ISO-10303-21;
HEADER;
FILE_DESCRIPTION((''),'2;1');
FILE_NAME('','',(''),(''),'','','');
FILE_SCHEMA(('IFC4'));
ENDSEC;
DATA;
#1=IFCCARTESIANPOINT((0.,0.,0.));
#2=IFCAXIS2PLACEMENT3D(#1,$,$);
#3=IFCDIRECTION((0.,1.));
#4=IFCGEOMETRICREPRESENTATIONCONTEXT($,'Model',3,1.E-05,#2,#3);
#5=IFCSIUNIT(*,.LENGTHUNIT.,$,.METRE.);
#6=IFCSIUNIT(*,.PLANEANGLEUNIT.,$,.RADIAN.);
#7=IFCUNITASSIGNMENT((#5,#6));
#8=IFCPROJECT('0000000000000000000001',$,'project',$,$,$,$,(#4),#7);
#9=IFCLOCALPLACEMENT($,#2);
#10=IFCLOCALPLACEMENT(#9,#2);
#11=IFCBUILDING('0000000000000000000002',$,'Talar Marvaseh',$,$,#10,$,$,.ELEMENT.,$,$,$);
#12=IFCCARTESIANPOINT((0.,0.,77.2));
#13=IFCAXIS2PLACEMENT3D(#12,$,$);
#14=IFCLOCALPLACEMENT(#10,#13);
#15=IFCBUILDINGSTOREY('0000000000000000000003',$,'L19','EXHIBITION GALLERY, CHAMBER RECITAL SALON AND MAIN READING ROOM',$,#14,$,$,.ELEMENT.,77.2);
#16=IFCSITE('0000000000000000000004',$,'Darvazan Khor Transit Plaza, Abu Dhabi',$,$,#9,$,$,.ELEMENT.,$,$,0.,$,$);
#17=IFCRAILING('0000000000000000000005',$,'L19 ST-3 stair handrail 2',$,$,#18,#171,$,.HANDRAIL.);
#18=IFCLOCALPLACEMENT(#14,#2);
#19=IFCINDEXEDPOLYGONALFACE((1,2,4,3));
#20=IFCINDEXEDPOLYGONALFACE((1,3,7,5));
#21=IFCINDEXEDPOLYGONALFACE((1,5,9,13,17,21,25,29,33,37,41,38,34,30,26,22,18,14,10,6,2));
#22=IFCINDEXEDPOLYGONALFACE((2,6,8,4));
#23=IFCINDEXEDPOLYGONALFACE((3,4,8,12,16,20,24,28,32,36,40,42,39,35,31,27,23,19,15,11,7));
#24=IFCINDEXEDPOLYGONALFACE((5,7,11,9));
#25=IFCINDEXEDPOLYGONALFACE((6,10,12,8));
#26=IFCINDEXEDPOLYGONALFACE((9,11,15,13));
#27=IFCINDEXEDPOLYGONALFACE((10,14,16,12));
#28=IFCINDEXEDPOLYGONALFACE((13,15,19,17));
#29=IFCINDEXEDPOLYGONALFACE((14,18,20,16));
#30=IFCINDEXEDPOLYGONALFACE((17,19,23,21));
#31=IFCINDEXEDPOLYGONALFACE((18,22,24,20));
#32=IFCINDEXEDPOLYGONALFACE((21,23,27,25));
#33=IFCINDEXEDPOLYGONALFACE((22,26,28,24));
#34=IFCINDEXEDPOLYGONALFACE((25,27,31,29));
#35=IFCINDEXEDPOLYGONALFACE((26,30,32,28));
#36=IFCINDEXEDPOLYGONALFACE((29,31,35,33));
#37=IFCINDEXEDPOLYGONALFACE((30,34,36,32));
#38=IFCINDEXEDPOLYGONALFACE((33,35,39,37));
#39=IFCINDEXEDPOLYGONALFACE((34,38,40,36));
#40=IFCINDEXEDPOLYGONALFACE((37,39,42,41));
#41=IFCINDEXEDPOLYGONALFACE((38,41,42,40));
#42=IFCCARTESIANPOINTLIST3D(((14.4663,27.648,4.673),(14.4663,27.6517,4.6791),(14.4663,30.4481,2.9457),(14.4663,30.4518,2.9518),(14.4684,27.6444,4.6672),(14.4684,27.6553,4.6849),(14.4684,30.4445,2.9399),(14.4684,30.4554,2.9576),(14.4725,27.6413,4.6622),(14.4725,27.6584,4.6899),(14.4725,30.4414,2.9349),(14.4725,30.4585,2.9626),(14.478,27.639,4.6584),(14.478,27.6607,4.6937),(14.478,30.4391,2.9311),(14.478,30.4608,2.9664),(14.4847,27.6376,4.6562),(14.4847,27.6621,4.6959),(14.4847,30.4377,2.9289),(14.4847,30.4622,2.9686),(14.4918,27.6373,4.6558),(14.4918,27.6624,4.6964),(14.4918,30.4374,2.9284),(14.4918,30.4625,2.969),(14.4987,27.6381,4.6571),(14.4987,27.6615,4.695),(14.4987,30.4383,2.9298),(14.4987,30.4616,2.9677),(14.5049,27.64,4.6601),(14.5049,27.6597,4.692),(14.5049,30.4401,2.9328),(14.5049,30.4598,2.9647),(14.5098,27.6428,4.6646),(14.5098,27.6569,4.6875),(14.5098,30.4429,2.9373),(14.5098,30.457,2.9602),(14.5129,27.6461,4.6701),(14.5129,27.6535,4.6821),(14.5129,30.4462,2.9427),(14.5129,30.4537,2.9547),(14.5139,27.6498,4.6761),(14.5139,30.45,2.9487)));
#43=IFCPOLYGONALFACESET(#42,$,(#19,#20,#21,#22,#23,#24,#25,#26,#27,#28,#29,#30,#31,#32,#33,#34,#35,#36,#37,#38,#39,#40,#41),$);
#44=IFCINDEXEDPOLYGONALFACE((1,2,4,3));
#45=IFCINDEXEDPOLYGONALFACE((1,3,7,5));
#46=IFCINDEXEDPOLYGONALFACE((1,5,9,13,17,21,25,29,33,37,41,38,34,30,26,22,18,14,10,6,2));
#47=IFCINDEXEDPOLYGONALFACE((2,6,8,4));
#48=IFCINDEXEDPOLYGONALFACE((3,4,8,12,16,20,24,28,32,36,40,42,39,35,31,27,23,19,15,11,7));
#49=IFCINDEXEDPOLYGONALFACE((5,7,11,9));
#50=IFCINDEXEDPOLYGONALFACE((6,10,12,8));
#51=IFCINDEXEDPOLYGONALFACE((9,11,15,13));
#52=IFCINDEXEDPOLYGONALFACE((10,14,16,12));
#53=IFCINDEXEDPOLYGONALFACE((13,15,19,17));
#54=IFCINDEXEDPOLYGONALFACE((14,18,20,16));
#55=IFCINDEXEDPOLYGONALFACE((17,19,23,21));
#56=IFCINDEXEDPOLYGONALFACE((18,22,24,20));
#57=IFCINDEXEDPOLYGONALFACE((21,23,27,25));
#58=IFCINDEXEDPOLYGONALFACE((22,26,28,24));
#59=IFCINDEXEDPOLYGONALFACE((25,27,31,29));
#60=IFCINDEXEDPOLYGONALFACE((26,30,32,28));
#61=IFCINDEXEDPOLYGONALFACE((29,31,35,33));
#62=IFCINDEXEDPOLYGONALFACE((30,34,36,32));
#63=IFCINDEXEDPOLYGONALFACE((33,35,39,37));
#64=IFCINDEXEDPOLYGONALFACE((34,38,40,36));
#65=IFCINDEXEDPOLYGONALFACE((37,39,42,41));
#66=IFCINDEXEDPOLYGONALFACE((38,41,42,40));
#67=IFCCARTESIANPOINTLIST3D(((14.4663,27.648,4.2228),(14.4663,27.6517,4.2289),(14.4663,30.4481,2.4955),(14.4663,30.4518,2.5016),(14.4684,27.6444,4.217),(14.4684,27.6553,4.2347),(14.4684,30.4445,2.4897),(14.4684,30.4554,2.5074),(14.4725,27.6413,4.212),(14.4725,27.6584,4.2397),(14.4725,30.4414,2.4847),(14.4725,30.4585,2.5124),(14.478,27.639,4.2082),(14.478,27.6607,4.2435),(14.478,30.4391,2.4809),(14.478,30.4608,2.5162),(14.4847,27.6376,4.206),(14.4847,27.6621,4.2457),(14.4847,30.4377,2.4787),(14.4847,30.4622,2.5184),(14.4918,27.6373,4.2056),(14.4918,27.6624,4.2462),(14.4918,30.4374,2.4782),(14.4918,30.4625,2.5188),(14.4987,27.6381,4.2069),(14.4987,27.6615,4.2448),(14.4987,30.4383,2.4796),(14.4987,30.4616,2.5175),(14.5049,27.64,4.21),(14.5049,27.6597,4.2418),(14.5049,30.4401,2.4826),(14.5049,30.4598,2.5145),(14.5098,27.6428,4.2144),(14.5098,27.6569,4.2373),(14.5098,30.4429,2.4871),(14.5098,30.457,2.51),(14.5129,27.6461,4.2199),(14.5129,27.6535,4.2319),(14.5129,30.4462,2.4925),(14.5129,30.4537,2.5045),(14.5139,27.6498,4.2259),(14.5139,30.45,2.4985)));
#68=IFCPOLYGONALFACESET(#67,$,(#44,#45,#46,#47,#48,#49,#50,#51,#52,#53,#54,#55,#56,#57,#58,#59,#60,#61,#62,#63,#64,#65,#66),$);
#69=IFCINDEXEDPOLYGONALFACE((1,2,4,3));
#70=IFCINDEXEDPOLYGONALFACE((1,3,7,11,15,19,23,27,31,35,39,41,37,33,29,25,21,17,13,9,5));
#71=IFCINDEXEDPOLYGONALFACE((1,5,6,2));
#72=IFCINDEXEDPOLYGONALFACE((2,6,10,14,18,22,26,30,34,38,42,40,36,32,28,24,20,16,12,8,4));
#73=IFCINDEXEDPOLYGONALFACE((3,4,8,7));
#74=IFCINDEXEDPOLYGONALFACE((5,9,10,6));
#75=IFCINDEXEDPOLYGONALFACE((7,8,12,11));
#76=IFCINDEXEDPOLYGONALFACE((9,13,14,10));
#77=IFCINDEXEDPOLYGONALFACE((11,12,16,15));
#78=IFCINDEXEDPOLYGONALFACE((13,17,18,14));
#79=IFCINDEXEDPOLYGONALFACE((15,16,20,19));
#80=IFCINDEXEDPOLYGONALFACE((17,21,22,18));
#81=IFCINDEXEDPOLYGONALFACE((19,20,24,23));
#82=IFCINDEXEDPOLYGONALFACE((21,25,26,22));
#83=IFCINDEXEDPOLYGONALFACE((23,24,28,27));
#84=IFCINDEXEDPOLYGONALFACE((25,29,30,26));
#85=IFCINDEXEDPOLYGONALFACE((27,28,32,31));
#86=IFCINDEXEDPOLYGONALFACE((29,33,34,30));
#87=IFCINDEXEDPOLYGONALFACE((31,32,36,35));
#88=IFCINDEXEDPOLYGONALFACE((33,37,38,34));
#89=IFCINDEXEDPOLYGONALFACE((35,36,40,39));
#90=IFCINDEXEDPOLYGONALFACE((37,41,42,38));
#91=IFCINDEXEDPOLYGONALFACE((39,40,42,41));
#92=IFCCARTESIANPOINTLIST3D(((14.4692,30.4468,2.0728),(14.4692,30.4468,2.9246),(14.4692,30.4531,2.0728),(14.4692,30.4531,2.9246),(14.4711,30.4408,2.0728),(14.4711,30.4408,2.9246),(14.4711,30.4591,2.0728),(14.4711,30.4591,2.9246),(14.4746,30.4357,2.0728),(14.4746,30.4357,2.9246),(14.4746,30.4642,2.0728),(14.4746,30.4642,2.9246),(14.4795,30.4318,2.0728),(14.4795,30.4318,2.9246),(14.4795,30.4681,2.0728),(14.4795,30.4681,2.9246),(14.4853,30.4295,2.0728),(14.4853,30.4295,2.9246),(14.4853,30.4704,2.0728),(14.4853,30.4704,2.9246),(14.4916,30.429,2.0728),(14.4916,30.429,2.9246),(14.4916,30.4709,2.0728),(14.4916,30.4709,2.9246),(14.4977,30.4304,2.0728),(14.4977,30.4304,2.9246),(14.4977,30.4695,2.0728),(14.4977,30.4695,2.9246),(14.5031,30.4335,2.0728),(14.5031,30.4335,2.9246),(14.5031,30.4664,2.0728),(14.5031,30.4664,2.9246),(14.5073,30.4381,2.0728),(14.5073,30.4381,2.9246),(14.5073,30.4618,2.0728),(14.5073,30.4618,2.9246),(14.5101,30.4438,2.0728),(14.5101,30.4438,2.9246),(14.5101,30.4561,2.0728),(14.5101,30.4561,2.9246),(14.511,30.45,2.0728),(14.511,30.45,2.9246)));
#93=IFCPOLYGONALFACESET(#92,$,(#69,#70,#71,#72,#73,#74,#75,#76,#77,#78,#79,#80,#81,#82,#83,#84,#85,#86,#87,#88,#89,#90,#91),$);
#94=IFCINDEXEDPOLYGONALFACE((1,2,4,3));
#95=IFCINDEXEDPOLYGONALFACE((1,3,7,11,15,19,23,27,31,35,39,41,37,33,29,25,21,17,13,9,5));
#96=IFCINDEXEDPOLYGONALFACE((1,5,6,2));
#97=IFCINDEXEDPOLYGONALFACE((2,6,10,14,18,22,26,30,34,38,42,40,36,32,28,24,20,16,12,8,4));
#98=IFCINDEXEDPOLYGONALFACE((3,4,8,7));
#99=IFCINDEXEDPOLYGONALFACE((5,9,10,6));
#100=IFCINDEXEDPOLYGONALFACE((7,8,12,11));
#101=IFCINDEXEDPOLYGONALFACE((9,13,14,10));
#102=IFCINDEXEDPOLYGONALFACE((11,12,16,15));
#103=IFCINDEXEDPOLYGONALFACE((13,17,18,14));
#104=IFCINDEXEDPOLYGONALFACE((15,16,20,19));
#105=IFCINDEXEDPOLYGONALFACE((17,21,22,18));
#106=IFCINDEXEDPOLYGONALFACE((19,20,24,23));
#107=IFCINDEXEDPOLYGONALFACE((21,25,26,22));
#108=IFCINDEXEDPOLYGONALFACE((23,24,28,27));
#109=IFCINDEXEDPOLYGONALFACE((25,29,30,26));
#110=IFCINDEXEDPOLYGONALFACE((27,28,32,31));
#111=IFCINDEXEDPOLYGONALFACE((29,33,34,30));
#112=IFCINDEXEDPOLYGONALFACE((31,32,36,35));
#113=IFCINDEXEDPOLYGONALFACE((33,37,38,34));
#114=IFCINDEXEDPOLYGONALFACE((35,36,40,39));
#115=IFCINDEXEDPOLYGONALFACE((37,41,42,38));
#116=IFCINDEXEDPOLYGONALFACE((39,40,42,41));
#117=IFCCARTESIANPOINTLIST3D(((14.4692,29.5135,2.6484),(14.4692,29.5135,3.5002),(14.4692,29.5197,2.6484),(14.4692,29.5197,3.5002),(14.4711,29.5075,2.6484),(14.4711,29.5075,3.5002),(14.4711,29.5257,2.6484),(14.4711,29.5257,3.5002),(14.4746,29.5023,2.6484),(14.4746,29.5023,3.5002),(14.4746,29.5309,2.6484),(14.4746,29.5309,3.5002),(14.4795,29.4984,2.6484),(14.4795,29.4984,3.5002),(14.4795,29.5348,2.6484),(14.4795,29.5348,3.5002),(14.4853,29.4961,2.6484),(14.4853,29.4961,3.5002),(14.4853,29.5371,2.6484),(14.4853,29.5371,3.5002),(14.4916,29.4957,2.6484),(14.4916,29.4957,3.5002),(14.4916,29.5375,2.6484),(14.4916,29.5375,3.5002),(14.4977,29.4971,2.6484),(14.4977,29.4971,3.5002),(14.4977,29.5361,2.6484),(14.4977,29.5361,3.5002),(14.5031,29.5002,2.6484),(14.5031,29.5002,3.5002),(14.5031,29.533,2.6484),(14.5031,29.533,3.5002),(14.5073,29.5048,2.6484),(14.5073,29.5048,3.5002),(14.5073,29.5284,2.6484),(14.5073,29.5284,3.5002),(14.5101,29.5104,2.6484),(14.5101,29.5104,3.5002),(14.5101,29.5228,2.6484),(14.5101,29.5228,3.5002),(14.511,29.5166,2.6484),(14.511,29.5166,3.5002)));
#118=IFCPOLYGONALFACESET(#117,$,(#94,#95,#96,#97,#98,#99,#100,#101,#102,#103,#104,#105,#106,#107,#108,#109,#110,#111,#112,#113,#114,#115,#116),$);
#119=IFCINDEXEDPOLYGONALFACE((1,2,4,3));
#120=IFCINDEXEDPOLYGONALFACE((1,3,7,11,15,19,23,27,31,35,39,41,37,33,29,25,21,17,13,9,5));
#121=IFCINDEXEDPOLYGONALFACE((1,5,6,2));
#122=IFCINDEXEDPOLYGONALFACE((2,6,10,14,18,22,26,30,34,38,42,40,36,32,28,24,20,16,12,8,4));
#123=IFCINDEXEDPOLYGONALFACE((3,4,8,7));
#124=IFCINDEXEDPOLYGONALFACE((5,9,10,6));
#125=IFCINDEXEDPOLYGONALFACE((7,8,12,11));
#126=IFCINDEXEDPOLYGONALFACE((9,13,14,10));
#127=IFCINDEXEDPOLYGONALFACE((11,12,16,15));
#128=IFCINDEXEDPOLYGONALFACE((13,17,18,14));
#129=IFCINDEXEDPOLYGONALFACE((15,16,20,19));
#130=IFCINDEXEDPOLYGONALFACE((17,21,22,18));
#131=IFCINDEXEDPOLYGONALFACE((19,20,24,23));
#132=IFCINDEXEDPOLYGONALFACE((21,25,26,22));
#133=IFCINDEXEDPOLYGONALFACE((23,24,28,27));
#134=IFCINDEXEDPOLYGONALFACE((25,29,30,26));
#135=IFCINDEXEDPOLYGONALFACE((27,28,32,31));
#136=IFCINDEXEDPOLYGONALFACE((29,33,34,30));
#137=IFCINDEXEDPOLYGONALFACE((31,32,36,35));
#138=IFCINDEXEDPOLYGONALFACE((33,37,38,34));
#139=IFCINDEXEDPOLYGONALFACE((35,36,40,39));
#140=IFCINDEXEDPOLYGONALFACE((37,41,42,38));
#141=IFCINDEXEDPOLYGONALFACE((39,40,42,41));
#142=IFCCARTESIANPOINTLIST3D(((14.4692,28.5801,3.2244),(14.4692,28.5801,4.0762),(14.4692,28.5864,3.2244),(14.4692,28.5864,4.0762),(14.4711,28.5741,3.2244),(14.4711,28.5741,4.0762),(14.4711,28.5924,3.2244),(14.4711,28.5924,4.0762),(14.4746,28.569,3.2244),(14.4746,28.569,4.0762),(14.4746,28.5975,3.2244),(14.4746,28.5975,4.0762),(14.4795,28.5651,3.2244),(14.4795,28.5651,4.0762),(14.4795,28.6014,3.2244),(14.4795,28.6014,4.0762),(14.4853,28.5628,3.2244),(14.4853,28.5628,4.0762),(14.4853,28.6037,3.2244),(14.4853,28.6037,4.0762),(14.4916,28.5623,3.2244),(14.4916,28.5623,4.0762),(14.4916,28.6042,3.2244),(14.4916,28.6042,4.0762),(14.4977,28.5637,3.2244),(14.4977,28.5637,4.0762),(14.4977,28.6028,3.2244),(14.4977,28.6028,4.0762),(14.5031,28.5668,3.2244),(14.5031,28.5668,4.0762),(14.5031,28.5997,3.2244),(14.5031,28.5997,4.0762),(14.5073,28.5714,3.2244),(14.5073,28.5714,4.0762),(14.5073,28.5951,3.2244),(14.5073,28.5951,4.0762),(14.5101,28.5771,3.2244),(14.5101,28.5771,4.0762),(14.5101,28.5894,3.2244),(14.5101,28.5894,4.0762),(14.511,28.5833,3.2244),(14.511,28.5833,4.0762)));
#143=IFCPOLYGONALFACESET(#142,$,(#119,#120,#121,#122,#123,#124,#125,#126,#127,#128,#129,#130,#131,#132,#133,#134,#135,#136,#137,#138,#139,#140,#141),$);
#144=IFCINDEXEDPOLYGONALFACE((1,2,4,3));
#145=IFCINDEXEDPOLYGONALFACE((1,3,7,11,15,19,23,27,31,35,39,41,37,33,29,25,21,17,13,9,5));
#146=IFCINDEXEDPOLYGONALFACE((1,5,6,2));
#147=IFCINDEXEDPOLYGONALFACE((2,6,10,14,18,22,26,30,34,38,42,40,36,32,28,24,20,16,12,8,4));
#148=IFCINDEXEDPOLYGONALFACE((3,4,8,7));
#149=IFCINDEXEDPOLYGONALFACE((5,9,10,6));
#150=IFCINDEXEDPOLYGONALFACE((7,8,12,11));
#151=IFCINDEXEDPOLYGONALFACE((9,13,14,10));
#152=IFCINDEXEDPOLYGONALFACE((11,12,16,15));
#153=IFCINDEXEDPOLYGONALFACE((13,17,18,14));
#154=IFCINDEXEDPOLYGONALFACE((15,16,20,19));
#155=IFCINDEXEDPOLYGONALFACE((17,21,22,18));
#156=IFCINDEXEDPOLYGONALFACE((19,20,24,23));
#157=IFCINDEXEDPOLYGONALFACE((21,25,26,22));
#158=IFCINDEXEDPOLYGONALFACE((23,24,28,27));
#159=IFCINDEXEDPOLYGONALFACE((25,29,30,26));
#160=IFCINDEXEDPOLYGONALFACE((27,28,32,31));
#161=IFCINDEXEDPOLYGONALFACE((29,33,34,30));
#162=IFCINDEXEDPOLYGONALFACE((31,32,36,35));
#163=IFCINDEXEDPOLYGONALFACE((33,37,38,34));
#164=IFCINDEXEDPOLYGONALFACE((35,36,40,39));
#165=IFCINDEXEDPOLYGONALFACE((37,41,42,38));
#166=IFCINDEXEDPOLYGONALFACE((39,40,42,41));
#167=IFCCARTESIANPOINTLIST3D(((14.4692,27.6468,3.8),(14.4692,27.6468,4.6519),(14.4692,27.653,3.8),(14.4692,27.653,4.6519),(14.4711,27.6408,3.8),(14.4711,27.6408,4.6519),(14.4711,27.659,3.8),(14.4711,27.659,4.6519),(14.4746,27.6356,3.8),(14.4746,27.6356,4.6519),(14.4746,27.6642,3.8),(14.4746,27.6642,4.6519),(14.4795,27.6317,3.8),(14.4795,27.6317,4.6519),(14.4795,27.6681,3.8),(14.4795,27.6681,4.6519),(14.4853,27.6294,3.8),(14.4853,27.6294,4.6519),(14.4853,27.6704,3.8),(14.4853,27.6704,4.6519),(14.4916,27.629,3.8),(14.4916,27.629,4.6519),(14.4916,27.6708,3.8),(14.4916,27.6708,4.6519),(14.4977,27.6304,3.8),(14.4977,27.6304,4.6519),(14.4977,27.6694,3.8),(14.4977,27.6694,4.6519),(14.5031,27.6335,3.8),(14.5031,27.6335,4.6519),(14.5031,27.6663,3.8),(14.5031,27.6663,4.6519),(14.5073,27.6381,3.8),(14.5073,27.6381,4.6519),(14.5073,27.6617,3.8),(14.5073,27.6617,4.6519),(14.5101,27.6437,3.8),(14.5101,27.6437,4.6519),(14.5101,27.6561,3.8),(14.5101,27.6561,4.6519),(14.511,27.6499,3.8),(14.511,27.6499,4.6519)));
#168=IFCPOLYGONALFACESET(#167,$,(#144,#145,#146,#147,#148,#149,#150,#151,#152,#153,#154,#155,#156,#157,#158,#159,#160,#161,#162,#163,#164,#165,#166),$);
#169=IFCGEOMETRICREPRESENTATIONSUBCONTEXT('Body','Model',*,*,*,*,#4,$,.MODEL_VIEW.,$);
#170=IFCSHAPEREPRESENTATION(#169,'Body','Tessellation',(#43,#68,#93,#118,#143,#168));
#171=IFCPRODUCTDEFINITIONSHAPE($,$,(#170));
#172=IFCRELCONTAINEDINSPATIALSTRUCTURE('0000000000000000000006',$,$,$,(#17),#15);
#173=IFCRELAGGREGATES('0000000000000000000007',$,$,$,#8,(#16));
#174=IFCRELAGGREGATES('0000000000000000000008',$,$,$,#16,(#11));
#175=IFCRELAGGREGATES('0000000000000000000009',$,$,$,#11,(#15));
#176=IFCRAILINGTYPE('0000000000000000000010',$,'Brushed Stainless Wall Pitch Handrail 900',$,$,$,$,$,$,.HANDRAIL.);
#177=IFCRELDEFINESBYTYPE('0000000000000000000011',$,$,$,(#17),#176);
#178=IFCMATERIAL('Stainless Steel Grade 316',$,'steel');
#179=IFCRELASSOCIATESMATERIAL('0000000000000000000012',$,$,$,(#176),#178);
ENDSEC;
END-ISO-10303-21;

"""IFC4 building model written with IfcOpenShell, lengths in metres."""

from ifc_helpers import new_model, si_unit, direction, frame, origin, origin_2d, place, context, subcontext, project, spatial, circle, extrude, material, type_object, element, save


model = new_model("IFC4")

# Units and contexts
model_context = context("Model", 3, precision=1e-05, world=origin(), true_north=direction((0.0, 1.0)))
body_context = subcontext(model_context, "Body", "Model", "MODEL_VIEW")
ifc_project = project(units=[si_unit("LENGTHUNIT", "METRE"), si_unit("PLANEANGLEUNIT", "RADIAN")], contexts=[model_context])

# Site, building, storey
site_placement = place(None, origin())
site = spatial("IfcSite", under=ifc_project, at=site_placement, Name="Darvazan Khor Transit Plaza, Abu Dhabi", CompositionType="ELEMENT", RefElevation=0.0)
building_placement = place(site_placement, origin())
building = spatial("IfcBuilding", under=site, at=building_placement, Name="Talar Marvaseh", CompositionType="ELEMENT")
storey_placement = place(building_placement, frame((0.0, 0.0, 77.2)))
storey = spatial("IfcBuildingStorey", under=building, at=storey_placement, Name="L19", Description="EXHIBITION GALLERY, CHAMBER RECITAL SALON AND MAIN READING ROOM", CompositionType="ELEMENT", Elevation=77.2)

# Railing
ifc_material_1 = material(Name="Stainless Steel Grade 316", Category="steel")
railing_type_1 = type_object("IfcRailingType", Name="Brushed Stainless Wall Pitch Handrail 900", PredefinedType="HANDRAIL", material=ifc_material_1)
railing_1_placement = place(storey_placement, frame((14.49, 30.45, 2.0728)))
element("IfcRailing", 1, at=railing_1_placement, inside=storey, type_object=railing_type_1, Name="L19 ST-3 stair handrail 2", PredefinedType="HANDRAIL", context=body_context, shape_type="SweptSolid", body=[
    extrude(circle(Radius=0.0239, at=origin_2d()), frame((0.0, 0.0, 0.876), z_axis=(0.0, -0.85109, 0.52502), x_axis=(1.0, 0.0, 0.0)), (0.0, 0.0, 1.0), 3.29),
    extrude(circle(Radius=0.0239, at=origin_2d()), frame((0.0, 0.0, 0.4258), z_axis=(0.0, -0.85109, 0.52502), x_axis=(1.0, 0.0, 0.0)), (0.0, 0.0, 1.0), 3.29),
    extrude(circle(Radius=0.021, at=origin_2d()), origin(), (0.0, 0.0, 1.0), 0.8518),
    extrude(circle(Radius=0.021, at=origin_2d()), frame((0.0, -0.9333, 0.5757)), (0.0, 0.0, 1.0), 0.8518),
    extrude(circle(Radius=0.021, at=origin_2d()), frame((0.0, -1.8667, 1.1516)), (0.0, 0.0, 1.0), 0.8518),
    extrude(circle(Radius=0.021, at=origin_2d()), frame((0.0, -2.8, 1.7273)), (0.0, 0.0, 1.0), 0.8518),
])

save(model, "model.ifc")
